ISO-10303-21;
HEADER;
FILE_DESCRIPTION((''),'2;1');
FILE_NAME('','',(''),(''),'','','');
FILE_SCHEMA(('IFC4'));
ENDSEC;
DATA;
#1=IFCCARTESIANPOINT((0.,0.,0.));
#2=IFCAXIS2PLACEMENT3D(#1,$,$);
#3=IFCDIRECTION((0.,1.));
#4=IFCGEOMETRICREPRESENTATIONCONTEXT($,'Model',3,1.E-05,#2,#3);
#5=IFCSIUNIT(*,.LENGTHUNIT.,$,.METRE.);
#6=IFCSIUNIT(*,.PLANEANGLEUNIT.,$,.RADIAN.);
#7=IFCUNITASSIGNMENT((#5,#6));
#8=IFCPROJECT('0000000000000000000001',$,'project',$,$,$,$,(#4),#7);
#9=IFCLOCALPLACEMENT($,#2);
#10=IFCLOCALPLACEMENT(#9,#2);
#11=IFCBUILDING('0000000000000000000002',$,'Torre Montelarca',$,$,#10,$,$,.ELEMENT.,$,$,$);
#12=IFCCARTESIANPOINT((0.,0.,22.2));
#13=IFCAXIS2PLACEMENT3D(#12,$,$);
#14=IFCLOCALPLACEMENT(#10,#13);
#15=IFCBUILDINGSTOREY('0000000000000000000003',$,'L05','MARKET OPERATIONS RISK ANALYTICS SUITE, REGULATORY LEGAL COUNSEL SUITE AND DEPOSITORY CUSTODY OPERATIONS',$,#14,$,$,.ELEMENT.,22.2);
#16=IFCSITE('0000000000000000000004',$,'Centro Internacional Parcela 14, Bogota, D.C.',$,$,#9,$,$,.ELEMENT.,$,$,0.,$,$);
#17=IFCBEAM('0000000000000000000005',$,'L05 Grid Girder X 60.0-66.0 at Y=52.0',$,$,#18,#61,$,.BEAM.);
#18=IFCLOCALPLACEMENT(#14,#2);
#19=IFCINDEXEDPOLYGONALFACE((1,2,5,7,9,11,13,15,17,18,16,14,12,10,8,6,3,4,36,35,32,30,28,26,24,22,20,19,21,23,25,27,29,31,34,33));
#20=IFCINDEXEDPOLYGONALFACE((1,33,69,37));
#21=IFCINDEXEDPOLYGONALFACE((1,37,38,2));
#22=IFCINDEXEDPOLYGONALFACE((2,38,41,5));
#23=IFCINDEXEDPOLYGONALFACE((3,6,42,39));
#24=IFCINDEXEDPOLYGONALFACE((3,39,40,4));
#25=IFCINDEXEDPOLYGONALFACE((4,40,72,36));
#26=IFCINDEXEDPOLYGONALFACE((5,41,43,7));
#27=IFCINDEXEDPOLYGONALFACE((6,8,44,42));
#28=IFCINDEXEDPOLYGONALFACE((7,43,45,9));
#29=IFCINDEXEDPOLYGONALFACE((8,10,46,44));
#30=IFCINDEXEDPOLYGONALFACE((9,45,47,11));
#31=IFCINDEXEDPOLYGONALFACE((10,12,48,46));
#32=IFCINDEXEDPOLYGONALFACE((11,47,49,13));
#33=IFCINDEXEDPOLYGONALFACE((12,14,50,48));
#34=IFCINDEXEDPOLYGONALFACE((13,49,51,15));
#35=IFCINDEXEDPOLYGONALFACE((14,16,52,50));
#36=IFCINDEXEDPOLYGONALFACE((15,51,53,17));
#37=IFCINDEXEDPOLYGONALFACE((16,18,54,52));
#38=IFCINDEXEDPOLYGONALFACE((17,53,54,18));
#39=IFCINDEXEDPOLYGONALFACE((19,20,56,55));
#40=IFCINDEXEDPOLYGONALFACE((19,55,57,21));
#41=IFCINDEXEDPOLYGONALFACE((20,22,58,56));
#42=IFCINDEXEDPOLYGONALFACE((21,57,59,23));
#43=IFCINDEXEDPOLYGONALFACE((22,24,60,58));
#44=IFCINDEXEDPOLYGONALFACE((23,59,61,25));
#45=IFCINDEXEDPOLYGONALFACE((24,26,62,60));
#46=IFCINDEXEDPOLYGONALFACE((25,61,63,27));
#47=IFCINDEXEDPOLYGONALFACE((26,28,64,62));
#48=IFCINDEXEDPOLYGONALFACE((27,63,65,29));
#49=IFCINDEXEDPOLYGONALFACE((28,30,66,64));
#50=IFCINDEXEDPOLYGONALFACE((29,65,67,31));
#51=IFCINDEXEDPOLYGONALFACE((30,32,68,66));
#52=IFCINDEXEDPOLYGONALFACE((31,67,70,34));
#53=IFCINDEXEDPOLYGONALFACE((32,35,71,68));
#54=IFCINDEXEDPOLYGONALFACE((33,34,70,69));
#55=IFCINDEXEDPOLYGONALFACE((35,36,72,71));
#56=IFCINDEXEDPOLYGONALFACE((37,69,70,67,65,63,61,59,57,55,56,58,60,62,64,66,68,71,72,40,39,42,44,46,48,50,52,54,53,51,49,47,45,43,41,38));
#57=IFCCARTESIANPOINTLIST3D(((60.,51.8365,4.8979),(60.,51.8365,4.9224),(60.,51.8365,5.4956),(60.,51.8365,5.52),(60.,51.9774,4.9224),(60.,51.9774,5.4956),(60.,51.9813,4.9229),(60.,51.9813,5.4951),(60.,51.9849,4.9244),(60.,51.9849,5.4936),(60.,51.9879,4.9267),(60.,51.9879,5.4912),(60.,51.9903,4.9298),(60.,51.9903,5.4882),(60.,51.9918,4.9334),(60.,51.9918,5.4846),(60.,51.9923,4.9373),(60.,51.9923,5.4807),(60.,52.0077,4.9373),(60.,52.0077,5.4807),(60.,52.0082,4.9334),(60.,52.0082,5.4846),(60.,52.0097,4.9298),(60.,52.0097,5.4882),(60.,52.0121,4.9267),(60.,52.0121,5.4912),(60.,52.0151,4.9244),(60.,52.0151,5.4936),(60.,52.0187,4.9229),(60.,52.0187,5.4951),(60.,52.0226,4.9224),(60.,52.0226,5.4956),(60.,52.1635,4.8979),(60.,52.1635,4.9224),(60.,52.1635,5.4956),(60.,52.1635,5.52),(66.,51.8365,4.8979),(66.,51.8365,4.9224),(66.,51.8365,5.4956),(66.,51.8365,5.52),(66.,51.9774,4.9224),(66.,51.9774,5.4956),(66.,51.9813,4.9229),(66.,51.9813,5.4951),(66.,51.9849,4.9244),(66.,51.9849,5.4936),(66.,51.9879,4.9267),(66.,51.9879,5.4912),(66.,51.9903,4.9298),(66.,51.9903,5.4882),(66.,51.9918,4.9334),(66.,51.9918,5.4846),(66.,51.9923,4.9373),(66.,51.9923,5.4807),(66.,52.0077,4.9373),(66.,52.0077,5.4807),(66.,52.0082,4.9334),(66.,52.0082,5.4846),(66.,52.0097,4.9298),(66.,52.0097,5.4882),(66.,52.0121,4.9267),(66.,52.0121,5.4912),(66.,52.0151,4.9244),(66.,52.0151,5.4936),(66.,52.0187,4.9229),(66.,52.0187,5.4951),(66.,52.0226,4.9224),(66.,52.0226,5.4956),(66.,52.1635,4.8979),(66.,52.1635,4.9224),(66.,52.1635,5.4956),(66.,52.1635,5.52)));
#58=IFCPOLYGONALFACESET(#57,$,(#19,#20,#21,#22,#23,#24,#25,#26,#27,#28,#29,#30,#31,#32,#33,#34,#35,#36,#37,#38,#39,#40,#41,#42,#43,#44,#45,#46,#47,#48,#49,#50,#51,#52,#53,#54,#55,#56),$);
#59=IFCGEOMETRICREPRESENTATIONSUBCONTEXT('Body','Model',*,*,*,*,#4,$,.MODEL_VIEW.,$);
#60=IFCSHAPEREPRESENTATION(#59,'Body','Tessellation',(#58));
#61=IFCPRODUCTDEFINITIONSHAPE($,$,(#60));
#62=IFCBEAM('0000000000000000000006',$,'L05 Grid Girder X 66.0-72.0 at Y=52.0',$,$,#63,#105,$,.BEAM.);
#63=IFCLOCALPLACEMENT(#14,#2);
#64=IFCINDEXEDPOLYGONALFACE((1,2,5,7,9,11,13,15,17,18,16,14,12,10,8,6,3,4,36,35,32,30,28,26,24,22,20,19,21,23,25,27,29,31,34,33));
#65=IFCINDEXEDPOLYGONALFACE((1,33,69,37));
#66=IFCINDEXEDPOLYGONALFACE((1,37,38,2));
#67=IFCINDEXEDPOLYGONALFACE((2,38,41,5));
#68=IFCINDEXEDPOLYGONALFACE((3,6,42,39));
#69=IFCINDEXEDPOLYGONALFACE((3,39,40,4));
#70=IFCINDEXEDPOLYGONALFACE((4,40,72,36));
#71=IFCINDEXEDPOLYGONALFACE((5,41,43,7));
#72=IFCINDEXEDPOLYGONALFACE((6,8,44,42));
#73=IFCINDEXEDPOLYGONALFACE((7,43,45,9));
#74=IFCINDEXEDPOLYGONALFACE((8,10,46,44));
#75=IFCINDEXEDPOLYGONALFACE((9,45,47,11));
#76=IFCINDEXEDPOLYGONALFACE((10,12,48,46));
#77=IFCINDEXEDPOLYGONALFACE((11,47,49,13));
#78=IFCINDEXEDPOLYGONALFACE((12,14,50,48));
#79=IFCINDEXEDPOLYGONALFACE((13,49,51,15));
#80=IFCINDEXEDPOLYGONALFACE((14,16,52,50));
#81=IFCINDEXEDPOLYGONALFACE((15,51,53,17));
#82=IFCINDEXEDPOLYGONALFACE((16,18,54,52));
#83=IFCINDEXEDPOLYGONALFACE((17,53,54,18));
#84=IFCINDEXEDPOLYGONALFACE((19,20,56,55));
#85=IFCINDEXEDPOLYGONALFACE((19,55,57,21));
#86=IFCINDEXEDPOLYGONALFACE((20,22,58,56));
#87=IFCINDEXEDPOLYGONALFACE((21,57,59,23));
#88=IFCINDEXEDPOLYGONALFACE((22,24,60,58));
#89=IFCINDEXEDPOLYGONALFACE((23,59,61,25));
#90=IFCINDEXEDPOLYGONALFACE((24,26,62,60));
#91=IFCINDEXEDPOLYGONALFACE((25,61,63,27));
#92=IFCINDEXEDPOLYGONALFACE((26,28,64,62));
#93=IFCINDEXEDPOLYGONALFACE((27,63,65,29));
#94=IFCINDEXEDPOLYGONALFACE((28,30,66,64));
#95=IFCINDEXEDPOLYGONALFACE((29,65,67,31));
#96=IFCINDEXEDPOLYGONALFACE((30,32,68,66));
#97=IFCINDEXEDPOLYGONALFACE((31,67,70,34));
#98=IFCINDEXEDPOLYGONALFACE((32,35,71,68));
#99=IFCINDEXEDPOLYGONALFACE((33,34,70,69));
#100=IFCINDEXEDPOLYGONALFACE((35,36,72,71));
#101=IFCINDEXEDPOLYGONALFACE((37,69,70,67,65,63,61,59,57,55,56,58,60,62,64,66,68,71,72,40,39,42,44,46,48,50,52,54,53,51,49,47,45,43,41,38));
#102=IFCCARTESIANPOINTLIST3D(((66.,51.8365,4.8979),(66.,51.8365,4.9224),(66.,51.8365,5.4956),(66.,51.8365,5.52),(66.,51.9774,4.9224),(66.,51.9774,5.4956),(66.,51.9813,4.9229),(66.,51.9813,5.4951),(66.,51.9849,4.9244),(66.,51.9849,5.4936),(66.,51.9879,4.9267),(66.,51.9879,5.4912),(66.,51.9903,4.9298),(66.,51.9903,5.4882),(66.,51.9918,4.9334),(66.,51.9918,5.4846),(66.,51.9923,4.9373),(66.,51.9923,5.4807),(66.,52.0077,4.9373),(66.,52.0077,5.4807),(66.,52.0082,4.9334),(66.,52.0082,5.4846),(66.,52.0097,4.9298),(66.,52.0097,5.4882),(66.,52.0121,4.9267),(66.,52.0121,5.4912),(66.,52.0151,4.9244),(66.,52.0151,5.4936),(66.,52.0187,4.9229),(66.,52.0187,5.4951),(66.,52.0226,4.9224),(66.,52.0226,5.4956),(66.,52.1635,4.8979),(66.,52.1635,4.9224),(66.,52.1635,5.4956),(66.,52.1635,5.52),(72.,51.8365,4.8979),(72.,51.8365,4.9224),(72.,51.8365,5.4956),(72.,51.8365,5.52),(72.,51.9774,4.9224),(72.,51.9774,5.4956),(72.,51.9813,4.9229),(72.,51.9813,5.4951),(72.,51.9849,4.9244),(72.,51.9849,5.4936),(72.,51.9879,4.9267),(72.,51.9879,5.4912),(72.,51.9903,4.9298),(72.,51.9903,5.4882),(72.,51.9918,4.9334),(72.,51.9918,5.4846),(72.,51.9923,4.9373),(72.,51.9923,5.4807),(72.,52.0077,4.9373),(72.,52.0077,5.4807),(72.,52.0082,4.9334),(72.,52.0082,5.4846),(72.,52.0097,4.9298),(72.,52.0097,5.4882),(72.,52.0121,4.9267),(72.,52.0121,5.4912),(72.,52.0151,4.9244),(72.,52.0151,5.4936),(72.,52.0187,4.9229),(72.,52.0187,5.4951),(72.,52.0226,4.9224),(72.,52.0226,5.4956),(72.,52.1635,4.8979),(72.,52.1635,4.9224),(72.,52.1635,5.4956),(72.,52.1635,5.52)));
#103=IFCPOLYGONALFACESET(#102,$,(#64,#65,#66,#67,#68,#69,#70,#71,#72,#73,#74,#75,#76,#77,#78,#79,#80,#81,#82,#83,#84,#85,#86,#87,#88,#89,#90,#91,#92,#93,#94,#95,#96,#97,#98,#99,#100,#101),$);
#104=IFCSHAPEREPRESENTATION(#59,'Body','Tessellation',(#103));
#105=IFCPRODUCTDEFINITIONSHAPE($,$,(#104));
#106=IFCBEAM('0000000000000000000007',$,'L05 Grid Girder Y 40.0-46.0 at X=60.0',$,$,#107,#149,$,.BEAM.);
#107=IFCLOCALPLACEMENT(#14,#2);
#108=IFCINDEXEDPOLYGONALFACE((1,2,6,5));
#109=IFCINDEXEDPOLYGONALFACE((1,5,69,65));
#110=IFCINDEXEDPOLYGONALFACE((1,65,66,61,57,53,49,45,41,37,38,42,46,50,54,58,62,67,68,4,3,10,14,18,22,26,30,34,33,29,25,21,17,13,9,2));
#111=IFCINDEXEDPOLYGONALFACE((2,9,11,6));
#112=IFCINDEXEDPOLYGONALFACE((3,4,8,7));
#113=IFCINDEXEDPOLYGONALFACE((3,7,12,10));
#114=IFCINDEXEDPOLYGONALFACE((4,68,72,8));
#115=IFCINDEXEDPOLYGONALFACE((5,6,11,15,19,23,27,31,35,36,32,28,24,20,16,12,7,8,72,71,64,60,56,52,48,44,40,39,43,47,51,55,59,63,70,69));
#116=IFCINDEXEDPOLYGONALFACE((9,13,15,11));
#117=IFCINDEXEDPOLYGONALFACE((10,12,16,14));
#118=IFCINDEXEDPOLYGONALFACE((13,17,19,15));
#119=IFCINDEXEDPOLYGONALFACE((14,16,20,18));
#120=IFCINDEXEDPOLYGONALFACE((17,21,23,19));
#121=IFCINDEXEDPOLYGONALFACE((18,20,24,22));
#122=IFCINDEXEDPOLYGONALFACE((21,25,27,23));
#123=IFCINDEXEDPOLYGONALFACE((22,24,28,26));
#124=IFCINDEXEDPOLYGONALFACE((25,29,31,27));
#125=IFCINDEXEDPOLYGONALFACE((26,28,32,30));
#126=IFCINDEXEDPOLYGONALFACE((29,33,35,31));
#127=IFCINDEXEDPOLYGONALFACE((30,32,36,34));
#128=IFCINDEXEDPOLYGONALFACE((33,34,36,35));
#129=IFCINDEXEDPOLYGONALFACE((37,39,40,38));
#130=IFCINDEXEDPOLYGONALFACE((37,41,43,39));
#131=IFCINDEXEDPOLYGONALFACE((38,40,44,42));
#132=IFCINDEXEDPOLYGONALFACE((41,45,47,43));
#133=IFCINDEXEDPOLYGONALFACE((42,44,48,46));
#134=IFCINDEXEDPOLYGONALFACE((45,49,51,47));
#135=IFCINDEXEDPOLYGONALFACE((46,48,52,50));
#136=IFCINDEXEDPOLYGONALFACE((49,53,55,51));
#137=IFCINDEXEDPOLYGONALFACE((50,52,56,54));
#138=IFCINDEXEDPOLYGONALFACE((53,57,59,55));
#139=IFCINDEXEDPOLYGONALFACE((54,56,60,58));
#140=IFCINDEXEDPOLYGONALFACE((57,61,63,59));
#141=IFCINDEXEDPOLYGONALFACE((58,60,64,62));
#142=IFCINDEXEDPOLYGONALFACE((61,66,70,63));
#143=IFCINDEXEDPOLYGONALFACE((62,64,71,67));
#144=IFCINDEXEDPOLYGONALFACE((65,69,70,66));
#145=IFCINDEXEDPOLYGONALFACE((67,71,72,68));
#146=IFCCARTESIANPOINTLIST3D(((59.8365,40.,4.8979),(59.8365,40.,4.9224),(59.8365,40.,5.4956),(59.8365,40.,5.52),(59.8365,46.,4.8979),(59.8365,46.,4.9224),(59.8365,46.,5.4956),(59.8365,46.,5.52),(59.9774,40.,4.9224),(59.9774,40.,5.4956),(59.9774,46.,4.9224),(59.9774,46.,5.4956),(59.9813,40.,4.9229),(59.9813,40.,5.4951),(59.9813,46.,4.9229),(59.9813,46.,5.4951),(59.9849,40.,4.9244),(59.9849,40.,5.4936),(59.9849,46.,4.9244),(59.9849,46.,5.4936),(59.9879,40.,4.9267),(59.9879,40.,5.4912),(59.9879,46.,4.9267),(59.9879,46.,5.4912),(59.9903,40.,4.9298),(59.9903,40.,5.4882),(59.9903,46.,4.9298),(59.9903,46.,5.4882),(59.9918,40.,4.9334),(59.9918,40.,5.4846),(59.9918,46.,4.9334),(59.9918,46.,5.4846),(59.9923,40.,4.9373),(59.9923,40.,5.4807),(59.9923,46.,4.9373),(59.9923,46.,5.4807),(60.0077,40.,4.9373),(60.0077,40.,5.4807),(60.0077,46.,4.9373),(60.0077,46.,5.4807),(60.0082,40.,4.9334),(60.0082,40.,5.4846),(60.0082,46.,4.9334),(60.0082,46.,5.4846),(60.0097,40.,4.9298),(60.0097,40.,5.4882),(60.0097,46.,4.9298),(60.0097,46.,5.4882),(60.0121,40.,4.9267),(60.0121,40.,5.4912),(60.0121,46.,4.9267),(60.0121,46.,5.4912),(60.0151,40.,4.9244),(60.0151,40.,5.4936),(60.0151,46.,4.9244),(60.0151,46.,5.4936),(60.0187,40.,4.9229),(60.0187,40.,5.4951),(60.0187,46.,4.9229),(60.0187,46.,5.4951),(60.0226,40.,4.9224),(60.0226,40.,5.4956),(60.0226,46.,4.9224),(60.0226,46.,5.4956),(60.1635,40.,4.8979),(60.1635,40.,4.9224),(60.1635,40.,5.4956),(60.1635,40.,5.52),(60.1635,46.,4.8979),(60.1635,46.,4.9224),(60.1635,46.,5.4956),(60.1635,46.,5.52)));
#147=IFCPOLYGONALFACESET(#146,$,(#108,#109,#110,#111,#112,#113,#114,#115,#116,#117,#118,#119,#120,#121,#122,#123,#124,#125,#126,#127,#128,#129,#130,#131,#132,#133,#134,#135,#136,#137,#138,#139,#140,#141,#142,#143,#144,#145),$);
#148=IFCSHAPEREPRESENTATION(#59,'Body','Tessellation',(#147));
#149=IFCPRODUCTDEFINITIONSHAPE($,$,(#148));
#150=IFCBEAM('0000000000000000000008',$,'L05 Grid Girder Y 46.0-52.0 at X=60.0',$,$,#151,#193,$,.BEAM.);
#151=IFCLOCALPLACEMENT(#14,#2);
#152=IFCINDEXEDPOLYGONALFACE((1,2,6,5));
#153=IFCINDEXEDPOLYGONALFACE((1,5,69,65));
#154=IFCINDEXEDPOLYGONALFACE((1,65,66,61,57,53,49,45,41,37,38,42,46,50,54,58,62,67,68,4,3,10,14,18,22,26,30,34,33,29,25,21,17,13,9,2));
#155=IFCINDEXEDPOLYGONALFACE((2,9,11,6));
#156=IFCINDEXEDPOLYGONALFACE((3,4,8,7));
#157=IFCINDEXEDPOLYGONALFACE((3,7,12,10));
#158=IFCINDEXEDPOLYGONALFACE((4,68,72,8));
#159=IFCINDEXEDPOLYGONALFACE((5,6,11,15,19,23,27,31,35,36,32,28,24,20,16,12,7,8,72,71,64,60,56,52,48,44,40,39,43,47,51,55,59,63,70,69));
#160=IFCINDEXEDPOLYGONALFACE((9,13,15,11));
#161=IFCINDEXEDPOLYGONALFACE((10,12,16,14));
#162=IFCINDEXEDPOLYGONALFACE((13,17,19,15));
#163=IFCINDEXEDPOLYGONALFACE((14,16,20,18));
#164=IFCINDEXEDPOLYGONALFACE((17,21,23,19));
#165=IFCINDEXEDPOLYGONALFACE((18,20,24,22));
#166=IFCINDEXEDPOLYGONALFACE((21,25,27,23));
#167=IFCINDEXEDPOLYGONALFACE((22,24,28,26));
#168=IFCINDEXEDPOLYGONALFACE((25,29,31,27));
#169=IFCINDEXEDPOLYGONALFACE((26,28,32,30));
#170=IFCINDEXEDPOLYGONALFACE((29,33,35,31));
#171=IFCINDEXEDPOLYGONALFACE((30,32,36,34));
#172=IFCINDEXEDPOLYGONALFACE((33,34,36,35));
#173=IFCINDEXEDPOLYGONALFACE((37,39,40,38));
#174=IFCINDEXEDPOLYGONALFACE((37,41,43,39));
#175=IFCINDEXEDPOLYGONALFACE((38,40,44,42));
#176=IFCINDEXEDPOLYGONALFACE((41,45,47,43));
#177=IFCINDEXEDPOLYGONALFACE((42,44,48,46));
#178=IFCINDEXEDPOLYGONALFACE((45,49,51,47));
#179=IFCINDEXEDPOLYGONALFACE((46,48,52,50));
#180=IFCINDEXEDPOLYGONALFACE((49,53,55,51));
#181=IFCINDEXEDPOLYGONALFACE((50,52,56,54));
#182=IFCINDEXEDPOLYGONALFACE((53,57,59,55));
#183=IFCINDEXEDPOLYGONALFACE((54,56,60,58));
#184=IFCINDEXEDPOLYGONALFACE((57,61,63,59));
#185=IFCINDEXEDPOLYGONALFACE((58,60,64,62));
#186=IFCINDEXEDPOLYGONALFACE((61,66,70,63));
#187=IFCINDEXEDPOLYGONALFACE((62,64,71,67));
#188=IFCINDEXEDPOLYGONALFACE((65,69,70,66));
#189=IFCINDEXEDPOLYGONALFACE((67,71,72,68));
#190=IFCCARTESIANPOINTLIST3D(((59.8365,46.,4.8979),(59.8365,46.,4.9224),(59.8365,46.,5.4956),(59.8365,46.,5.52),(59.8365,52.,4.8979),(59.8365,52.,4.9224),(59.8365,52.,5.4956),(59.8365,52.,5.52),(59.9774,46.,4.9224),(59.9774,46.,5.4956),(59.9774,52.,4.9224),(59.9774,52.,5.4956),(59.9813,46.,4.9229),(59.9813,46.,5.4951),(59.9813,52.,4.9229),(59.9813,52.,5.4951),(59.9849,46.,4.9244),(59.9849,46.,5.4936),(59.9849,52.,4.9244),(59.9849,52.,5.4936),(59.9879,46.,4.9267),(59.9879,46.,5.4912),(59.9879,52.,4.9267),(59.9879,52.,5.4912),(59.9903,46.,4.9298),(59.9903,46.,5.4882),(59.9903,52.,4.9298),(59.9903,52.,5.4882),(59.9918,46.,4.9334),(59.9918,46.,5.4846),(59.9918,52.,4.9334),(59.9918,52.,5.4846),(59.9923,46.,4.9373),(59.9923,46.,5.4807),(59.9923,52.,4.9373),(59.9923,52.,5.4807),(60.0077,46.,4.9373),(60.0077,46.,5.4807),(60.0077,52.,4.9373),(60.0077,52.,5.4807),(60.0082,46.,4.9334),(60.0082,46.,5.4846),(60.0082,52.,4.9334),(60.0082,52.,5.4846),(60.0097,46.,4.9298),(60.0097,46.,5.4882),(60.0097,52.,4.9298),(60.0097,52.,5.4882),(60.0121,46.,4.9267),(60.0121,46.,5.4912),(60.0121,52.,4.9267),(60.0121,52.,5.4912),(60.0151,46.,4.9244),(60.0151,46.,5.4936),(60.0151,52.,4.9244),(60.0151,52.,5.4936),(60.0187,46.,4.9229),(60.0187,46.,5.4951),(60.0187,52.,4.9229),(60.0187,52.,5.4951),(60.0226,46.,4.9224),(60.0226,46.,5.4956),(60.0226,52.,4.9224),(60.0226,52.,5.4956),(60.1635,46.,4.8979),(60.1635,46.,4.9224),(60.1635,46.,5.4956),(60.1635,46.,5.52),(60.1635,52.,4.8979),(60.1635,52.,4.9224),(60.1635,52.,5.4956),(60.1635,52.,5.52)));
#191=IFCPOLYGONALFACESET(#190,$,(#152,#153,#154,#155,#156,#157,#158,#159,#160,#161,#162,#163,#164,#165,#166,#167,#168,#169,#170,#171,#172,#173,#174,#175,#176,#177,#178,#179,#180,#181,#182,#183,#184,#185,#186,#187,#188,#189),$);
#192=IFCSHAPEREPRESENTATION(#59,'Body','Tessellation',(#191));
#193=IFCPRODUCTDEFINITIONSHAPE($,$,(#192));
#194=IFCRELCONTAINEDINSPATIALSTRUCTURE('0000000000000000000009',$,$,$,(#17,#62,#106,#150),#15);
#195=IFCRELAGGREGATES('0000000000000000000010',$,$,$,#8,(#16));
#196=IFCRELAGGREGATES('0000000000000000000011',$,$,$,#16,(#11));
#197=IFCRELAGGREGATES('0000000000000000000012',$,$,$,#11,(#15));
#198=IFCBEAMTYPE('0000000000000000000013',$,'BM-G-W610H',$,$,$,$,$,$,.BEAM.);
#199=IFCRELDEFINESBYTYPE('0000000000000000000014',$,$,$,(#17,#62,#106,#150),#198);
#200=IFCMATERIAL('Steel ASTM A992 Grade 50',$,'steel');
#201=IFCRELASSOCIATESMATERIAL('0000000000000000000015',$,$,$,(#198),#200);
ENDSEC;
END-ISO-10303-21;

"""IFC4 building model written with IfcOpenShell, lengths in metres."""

from ifc_helpers import new_model, si_unit, direction, frame, origin, origin_2d, place, context, subcontext, project, spatial, i_section, extrude, source, transform, mapped, material, material_profile, profile_set, type_object, element, save


model = new_model("IFC4")

# Units and contexts
model_context = context("Model", 3, precision=1e-05, world=origin(), true_north=direction((0.0, 1.0)))
body_context = subcontext(model_context, "Body", "Model", "MODEL_VIEW")
ifc_project = project(units=[si_unit("LENGTHUNIT", "METRE"), si_unit("PLANEANGLEUNIT", "RADIAN")], contexts=[model_context])

# Site, building, storey
site_placement = place(None, origin())
site = spatial("IfcSite", under=ifc_project, at=site_placement, Name="Centro Internacional Parcela 14, Bogota, D.C.", CompositionType="ELEMENT", RefElevation=0.0)
building_placement = place(site_placement, origin())
building = spatial("IfcBuilding", under=site, at=building_placement, Name="Torre Montelarca", CompositionType="ELEMENT")
storey_placement = place(building_placement, frame((0.0, 0.0, 22.2)))
storey = spatial("IfcBuildingStorey", under=building, at=storey_placement, Name="L05", Description="MARKET OPERATIONS RISK ANALYTICS SUITE, REGULATORY LEGAL COUNSEL SUITE AND DEPOSITORY CUSTODY OPERATIONS", CompositionType="ELEMENT", Elevation=22.2)

# Shared definitions
ifc_material_1 = material(Name="Steel ASTM A992 Grade 50", Category="steel")

# Beams
ifc_material_profile_1 = material_profile(ifc_material_1, i_section(OverallWidth=0.3269, OverallDepth=0.6221, WebThickness=0.0154, FlangeThickness=0.0244, FilletRadius=0.0149, at=origin_2d()), Name="W610X195", Category="steel")
ifc_profile_set_1 = profile_set([ifc_material_profile_1], Name="Steel ASTM A992 Grade 50")
beam_type_1 = type_object("IfcBeamType", Name="BM-G-W610H", PredefinedType="BEAM", material=ifc_profile_set_1)
shared_shape_1 = source(origin(), body_context, "Body", "SweptSolid", [
    extrude(i_section(OverallWidth=0.3269, OverallDepth=0.6221, WebThickness=0.0154, FlangeThickness=0.0244, FilletRadius=0.0149, at=origin_2d()), origin(), (0.0, 0.0, 1.0), 6.0),
])
for number, where, z_axis, x_axis, name in (
    (1, (60.0, 52.0, 5.209), (1.0, 0.0, 0.0), (0.0, 1.0, 0.0), "L05 Grid Girder X 60.0-66.0 at Y=52.0"),
    (2, (66.0, 52.0, 5.209), (1.0, 0.0, 0.0), (0.0, 1.0, 0.0), "L05 Grid Girder X 66.0-72.0 at Y=52.0"),
    (3, (60.0, 40.0, 5.209), (0.0, 1.0, 0.0), (-1.0, 0.0, 0.0), "L05 Grid Girder Y 40.0-46.0 at X=60.0"),
    (4, (60.0, 46.0, 5.209), (0.0, 1.0, 0.0), (-1.0, 0.0, 0.0), "L05 Grid Girder Y 46.0-52.0 at X=60.0"),
):
    element("IfcBeam", number, at=place(storey_placement, frame(where, z_axis=z_axis, x_axis=x_axis)), inside=storey, type_object=beam_type_1, Name=name, PredefinedType="BEAM", context=body_context, shape_type="MappedRepresentation", body=[
        mapped(shared_shape_1, transform((0.0, 0.0, 0.0), scale=1.0)),
    ])

save(model, "model.ifc")
